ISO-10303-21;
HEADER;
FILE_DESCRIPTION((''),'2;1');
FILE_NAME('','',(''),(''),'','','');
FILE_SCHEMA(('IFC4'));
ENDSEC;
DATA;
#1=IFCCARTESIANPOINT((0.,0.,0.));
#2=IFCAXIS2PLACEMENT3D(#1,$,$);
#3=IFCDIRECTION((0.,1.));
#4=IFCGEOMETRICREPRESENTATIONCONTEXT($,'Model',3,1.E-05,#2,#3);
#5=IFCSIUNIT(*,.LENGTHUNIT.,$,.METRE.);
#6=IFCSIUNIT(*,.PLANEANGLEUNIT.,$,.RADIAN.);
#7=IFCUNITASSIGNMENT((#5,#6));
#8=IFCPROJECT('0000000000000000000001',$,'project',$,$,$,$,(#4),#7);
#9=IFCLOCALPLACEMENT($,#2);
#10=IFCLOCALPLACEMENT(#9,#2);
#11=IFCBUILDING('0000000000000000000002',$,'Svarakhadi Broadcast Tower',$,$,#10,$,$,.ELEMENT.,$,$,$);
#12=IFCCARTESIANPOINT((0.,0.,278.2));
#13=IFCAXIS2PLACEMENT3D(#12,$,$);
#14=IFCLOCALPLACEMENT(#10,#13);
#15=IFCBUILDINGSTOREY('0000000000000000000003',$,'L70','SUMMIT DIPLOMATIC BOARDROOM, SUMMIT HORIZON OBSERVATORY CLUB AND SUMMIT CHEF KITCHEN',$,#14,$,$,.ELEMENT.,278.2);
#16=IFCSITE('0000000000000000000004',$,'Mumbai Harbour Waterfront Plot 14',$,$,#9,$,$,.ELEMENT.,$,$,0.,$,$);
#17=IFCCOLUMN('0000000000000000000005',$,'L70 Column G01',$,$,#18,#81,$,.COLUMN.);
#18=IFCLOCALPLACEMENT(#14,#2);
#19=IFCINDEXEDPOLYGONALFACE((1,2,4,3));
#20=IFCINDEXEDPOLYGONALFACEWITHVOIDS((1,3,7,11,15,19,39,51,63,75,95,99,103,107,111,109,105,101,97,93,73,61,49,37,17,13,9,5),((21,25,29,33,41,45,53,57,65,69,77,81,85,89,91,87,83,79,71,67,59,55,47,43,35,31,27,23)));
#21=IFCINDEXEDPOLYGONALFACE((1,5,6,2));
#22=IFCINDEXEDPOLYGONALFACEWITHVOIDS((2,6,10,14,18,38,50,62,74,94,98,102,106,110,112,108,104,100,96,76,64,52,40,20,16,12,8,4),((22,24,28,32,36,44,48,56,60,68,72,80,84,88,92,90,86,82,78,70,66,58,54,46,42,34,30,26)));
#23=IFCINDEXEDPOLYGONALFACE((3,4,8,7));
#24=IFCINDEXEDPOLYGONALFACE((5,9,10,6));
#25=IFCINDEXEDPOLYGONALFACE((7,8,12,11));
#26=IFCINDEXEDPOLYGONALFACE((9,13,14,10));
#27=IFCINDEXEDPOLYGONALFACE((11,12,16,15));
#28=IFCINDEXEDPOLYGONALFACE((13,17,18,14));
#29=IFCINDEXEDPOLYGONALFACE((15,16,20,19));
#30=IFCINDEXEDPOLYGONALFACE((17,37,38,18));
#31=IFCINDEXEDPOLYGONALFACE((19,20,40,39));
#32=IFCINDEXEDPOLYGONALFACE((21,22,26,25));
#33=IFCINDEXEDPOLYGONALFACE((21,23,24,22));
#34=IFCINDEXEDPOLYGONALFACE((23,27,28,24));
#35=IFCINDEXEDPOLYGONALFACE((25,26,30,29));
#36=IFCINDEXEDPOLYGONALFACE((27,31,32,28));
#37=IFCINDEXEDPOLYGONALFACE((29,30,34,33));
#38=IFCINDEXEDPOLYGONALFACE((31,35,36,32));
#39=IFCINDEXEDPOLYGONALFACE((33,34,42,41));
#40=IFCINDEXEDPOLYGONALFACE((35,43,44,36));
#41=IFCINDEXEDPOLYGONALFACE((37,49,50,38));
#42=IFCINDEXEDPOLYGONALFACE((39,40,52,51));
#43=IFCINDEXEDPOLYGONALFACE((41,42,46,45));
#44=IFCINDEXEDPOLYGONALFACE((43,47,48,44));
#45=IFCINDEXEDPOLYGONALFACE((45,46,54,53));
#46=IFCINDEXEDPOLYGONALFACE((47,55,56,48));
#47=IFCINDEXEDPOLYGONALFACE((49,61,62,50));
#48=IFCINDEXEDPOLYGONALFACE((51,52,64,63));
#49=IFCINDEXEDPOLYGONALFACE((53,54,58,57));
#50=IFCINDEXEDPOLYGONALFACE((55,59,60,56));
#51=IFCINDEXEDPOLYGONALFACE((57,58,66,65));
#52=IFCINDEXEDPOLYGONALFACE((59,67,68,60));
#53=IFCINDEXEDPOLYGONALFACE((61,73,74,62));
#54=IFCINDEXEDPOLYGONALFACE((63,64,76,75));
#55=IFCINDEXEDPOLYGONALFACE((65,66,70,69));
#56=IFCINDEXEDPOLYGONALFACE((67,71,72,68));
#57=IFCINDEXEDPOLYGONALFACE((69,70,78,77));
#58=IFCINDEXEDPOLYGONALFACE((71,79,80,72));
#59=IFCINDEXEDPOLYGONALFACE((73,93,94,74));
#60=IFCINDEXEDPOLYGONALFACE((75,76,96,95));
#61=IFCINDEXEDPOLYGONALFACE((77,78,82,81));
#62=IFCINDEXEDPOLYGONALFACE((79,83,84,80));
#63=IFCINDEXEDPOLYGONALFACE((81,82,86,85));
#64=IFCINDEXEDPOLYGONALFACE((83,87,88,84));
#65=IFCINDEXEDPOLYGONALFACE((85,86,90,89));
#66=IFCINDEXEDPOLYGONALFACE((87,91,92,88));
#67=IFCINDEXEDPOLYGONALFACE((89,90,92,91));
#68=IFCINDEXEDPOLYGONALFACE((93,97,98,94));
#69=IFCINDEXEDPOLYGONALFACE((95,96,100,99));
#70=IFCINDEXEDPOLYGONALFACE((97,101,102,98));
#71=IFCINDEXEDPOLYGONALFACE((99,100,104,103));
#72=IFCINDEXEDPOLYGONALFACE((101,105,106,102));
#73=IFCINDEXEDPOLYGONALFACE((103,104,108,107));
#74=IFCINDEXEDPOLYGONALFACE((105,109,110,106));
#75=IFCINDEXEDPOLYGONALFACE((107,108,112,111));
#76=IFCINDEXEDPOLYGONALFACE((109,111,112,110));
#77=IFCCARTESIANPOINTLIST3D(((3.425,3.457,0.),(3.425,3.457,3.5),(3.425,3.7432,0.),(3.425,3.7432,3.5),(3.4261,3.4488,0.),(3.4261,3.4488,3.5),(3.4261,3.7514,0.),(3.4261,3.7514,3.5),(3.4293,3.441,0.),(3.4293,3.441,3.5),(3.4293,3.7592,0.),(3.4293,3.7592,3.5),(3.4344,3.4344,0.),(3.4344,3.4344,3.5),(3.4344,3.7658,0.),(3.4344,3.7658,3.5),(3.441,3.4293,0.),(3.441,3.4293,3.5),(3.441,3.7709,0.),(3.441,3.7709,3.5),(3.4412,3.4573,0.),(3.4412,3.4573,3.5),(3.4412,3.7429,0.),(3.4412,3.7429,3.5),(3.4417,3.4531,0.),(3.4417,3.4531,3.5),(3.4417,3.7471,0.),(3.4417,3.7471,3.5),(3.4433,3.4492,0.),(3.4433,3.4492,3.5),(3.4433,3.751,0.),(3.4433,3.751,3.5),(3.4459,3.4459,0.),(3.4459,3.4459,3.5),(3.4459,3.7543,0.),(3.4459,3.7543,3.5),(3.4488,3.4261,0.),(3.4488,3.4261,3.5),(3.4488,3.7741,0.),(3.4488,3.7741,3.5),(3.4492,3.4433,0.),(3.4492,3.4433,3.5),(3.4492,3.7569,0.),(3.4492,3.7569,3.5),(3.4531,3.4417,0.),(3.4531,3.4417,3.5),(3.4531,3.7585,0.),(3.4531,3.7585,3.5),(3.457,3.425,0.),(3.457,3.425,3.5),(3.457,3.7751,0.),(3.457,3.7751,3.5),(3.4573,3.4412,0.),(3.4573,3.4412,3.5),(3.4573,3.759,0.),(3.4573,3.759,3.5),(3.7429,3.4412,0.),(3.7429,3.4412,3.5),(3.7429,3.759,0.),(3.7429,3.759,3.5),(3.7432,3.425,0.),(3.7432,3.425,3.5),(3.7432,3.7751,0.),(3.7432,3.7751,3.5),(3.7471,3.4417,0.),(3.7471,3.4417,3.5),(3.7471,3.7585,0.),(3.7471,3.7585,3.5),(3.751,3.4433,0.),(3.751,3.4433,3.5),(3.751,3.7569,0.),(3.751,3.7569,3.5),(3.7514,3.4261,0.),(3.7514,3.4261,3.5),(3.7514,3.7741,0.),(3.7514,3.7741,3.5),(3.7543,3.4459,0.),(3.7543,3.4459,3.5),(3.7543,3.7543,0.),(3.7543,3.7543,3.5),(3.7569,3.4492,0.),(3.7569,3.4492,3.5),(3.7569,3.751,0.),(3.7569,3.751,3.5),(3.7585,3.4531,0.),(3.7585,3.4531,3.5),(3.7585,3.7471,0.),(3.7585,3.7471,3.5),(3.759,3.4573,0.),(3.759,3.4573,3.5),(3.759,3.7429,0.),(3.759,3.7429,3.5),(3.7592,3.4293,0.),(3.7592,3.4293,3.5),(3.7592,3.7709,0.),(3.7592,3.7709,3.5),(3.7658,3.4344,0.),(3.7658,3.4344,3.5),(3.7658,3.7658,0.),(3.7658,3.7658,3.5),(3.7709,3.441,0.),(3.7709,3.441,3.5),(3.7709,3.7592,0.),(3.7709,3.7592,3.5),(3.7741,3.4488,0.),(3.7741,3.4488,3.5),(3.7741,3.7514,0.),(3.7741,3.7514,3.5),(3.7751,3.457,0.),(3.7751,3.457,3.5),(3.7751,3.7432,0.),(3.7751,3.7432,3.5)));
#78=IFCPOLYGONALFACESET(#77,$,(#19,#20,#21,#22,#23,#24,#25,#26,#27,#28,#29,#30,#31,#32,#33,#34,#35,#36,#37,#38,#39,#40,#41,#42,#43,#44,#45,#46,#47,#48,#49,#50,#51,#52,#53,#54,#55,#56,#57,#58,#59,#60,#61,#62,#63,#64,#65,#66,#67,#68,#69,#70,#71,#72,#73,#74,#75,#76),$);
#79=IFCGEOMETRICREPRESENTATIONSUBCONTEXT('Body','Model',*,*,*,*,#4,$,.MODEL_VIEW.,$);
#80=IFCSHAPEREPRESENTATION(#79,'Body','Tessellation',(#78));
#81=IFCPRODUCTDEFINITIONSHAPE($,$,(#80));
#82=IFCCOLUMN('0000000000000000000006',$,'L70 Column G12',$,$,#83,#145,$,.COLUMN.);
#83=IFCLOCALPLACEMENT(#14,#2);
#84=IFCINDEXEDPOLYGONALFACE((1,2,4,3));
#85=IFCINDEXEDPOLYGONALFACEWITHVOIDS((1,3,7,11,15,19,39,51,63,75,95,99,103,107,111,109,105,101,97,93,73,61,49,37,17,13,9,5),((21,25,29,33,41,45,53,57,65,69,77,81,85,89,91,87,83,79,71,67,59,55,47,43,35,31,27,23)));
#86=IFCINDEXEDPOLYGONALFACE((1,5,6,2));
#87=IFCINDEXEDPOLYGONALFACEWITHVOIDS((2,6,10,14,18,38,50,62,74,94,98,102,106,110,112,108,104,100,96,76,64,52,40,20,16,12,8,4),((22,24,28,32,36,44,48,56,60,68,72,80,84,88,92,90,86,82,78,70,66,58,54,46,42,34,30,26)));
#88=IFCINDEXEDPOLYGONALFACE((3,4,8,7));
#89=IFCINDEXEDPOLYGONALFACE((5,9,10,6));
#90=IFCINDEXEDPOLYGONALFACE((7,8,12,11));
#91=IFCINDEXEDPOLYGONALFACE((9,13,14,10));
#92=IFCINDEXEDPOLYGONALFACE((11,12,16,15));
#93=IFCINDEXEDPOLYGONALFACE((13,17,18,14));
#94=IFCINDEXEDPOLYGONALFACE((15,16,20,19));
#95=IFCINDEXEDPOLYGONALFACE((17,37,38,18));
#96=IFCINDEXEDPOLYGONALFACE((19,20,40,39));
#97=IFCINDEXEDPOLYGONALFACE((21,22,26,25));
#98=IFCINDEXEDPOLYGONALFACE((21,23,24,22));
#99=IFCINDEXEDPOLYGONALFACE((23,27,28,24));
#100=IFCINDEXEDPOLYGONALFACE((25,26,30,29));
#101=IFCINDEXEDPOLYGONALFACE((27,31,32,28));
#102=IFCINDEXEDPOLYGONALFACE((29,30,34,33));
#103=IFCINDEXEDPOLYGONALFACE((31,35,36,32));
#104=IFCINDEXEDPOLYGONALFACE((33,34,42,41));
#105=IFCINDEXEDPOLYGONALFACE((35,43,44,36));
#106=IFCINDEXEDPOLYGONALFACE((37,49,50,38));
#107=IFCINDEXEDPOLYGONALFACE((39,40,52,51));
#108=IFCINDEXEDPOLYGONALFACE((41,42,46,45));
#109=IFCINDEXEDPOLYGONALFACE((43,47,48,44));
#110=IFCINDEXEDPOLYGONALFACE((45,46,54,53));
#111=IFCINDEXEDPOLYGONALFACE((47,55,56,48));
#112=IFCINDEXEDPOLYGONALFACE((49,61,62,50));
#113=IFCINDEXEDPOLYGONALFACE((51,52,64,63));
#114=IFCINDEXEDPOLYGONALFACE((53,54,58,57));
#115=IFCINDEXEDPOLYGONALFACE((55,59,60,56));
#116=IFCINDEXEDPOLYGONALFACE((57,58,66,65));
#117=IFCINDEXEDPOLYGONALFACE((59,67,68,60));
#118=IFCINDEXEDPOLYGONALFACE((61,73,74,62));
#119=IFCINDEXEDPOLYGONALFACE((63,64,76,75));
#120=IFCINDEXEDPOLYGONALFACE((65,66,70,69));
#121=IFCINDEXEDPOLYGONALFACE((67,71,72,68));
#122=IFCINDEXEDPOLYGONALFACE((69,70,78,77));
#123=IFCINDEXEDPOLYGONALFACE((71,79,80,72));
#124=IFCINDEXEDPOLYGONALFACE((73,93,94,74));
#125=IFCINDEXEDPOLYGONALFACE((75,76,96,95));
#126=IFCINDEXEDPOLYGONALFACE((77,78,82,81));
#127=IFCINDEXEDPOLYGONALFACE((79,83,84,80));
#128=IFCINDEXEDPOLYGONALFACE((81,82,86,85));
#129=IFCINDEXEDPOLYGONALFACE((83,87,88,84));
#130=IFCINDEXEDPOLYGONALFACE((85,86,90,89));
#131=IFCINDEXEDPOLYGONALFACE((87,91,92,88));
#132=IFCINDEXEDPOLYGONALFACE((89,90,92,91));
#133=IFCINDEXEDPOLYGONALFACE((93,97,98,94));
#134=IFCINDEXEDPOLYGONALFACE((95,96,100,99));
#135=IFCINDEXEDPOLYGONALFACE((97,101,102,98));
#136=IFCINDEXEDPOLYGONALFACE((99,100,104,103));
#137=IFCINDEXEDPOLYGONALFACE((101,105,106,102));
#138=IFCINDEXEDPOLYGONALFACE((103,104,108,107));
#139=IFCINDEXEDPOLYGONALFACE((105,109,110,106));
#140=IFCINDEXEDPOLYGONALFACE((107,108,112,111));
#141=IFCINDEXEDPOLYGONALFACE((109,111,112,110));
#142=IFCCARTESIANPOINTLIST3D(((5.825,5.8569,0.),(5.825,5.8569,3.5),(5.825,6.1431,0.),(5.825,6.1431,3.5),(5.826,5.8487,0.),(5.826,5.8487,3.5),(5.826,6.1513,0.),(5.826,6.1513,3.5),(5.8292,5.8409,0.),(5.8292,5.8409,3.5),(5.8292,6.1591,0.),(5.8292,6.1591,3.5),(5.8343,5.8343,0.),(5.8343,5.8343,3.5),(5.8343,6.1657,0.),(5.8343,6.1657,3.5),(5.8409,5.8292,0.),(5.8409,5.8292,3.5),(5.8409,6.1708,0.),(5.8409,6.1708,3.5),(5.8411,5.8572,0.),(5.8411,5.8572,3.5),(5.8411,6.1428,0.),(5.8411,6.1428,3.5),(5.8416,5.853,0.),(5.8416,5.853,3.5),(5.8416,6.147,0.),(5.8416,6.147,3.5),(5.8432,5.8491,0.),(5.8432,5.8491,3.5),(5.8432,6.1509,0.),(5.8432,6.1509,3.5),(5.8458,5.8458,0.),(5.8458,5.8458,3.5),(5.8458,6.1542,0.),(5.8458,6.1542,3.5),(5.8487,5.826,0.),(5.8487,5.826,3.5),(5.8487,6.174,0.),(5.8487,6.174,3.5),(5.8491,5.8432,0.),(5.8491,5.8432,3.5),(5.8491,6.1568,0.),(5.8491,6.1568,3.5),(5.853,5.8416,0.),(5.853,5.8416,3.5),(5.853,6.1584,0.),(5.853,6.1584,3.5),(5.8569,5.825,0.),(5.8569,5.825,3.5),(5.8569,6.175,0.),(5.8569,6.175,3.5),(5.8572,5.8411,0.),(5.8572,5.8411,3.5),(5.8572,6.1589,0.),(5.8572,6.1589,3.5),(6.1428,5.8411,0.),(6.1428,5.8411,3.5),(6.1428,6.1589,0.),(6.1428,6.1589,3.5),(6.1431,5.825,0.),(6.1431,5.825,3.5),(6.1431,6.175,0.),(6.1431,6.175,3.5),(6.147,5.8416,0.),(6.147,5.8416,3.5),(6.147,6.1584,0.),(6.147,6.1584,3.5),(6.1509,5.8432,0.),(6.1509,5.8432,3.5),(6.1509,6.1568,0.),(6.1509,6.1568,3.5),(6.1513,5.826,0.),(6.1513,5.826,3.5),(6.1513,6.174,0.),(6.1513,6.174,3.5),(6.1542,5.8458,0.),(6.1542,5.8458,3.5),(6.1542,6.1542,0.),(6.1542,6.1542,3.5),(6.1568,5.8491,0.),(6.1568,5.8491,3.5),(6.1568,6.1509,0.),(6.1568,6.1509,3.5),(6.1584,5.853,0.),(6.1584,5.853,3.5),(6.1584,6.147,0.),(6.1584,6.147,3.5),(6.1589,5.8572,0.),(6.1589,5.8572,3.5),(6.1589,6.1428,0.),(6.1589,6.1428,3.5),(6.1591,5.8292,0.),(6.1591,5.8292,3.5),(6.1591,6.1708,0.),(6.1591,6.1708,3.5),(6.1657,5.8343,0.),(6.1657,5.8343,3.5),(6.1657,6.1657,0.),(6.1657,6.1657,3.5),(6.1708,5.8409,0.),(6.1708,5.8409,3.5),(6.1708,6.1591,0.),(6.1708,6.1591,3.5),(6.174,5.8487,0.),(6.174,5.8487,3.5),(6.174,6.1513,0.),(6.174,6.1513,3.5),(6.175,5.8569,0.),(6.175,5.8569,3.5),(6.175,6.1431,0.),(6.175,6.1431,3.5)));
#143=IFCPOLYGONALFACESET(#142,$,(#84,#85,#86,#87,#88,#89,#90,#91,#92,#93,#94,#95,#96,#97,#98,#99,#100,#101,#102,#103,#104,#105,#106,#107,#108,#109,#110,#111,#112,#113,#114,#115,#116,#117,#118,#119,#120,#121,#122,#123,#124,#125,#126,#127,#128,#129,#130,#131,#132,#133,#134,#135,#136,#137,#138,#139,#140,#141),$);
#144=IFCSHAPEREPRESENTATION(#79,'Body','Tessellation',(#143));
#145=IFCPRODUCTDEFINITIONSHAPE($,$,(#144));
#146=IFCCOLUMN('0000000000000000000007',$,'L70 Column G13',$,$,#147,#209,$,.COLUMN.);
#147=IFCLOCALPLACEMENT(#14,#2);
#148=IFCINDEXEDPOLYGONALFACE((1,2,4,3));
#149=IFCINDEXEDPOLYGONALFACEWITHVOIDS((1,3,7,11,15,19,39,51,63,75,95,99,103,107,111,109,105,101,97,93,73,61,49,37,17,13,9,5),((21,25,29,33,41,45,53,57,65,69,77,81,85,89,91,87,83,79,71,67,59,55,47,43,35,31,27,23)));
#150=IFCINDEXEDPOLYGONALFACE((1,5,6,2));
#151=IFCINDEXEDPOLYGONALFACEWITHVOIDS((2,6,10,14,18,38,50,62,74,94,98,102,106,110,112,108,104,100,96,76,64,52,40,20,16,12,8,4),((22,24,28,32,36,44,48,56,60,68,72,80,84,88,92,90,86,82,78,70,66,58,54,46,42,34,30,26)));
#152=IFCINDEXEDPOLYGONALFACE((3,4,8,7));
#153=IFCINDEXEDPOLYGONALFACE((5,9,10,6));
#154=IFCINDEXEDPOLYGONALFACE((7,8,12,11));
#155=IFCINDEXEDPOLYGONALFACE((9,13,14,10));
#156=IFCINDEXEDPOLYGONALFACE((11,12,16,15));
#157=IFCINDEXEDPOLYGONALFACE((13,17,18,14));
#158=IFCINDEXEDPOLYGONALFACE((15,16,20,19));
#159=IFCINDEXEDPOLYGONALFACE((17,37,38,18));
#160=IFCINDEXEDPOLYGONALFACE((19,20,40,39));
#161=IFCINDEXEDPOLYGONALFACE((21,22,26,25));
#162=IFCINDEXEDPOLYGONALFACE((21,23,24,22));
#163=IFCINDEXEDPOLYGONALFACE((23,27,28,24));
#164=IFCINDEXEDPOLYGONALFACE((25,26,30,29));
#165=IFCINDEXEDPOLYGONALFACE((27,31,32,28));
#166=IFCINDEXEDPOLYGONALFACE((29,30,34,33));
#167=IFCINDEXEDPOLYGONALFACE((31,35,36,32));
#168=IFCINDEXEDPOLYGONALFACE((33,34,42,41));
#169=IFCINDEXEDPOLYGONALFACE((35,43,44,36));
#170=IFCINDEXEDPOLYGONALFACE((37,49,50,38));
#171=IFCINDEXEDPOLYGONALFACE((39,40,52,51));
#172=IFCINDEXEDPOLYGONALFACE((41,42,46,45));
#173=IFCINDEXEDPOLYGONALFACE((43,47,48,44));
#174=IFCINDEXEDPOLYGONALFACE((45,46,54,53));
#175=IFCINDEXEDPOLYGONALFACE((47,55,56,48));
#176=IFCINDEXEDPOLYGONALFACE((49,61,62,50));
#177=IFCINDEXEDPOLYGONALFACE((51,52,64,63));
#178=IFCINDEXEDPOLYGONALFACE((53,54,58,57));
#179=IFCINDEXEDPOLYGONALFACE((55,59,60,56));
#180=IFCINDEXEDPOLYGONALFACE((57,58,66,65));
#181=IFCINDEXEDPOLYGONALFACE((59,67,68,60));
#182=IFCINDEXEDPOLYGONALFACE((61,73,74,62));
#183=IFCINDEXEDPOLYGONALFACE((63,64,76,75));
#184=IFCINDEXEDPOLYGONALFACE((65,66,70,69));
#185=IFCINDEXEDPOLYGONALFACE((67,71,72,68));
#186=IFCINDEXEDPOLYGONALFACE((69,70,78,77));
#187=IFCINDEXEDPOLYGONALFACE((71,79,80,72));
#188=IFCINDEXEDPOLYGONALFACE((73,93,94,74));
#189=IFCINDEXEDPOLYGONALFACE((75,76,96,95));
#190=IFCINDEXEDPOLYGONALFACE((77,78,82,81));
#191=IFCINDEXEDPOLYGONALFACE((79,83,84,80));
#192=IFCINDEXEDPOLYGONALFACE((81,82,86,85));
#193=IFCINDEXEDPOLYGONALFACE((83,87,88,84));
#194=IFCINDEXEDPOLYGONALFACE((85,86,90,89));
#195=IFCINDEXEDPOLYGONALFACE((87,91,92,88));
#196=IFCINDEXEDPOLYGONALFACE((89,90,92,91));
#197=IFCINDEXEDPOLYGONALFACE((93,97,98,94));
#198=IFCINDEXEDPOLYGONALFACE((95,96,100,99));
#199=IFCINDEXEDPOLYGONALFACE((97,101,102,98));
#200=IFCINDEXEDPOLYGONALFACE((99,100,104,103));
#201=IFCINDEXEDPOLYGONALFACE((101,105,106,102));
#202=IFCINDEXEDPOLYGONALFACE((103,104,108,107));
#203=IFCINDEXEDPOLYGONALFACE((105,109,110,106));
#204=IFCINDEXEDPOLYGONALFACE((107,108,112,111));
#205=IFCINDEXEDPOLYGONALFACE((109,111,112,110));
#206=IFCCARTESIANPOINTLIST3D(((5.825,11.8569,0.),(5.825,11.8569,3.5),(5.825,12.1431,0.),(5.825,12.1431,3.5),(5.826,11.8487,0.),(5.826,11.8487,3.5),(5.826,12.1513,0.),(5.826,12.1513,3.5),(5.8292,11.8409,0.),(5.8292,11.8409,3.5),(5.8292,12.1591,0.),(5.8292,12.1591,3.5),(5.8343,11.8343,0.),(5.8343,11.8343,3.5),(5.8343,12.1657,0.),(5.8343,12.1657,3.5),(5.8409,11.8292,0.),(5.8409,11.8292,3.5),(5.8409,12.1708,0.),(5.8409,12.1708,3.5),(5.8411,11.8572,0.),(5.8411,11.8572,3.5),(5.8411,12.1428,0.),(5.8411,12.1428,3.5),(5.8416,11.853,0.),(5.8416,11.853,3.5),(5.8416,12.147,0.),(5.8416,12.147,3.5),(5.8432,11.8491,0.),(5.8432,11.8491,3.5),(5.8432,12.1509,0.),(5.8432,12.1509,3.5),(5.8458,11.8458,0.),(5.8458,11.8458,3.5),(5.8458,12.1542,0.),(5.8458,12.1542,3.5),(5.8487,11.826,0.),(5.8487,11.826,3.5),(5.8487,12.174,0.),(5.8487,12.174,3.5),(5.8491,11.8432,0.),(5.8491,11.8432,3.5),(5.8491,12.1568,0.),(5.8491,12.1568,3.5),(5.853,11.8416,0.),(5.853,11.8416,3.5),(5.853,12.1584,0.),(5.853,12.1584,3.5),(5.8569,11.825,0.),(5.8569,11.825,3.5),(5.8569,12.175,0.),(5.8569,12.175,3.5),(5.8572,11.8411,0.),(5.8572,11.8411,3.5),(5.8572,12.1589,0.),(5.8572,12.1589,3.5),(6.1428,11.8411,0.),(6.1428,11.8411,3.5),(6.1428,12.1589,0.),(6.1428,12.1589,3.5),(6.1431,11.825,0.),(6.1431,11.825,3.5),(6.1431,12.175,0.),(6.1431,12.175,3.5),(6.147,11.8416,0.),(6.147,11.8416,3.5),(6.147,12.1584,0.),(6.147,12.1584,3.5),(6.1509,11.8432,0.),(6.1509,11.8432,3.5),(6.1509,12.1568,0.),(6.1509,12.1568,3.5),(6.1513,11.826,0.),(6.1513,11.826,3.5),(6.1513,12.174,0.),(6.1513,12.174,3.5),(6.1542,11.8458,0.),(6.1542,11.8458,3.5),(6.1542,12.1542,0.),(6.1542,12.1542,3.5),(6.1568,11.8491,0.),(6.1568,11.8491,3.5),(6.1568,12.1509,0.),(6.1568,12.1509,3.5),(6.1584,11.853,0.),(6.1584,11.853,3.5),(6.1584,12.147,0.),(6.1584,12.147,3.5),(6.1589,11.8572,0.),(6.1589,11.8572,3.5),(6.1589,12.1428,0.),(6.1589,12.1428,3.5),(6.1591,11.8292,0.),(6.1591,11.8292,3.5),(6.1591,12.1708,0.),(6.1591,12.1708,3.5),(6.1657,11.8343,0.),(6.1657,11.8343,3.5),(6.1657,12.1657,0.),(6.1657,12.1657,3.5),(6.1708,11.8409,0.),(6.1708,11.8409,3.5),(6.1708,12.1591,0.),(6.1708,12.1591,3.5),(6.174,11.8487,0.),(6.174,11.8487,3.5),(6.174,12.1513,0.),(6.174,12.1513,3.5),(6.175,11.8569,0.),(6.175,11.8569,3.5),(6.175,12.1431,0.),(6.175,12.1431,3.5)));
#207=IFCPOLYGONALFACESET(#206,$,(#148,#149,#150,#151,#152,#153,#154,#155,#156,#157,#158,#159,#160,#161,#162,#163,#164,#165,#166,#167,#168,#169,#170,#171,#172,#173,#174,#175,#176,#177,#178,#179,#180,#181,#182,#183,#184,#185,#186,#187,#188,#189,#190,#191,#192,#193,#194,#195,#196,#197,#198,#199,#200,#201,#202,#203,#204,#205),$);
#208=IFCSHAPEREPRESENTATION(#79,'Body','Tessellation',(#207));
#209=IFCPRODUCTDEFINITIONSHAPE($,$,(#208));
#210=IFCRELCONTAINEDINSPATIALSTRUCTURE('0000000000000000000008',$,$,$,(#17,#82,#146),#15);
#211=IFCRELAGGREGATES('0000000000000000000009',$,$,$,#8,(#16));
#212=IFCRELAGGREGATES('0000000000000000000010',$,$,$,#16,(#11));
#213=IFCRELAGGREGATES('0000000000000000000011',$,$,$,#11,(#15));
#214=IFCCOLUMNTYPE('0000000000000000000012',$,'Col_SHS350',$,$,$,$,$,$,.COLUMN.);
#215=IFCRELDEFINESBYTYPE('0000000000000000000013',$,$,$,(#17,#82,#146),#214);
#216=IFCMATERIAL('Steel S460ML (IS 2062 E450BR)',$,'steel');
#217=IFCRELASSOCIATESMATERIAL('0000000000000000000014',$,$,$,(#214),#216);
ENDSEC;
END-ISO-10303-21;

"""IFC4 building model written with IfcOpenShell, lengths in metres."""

from ifc_helpers import new_model, si_unit, direction, frame, origin, origin_2d, place, context, subcontext, project, spatial, hollow_rectangle, extrude, material, material_profile, profile_set, type_object, element, save


model = new_model("IFC4")

# Units and contexts
model_context = context("Model", 3, precision=1e-05, world=origin(), true_north=direction((0.0, 1.0)))
body_context = subcontext(model_context, "Body", "Model", "MODEL_VIEW")
ifc_project = project(units=[si_unit("LENGTHUNIT", "METRE"), si_unit("PLANEANGLEUNIT", "RADIAN")], contexts=[model_context])

# Site, building, storey
site_placement = place(None, origin())
site = spatial("IfcSite", under=ifc_project, at=site_placement, Name="Mumbai Harbour Waterfront Plot 14", CompositionType="ELEMENT", RefElevation=0.0)
building_placement = place(site_placement, origin())
building = spatial("IfcBuilding", under=site, at=building_placement, Name="Svarakhadi Broadcast Tower", CompositionType="ELEMENT")
storey_placement = place(building_placement, frame((0.0, 0.0, 278.2)))
storey = spatial("IfcBuildingStorey", under=building, at=storey_placement, Name="L70", Description="SUMMIT DIPLOMATIC BOARDROOM, SUMMIT HORIZON OBSERVATORY CLUB AND SUMMIT CHEF KITCHEN", CompositionType="ELEMENT", Elevation=278.2)

# Columns
ifc_material_1 = material(Name="Steel S460ML (IS 2062 E450BR)", Category="steel")
ifc_material_profile_1 = material_profile(ifc_material_1, hollow_rectangle(XDim=0.3501, YDim=0.3501, WallThickness=0.0161, InnerFilletRadius=0.0161, OuterFilletRadius=0.032, at=origin_2d()), Name="SHS 350x350x16")
ifc_profile_set_1 = profile_set([ifc_material_profile_1], Name="Steel S460ML (IS 2062 E450BR)")
column_type = type_object("IfcColumnType", Name="Col_SHS350", PredefinedType="COLUMN", material=ifc_profile_set_1)
for number, where, z_axis, x_axis, name in (
    (1, (3.6001, 3.6001, 0.0), (0.0, 0.0, 1.0), (1.0, 0.0, 0.0), "L70 Column G01"),
    (2, (6.0, 6.0, 0.0), (0.0, 0.0, 1.0), (1.0, 0.0, 0.0), "L70 Column G12"),
    (3, (6.0, 12.0, 0.0), (0.0, 0.0, 1.0), (1.0, 0.0, 0.0), "L70 Column G13"),
):
    element("IfcColumn", number, at=place(storey_placement, frame(where, z_axis=z_axis, x_axis=x_axis)), inside=storey, type_object=column_type, Name=name, PredefinedType="COLUMN", context=body_context, shape_type="SweptSolid", body=[
        extrude(hollow_rectangle(XDim=0.3501, YDim=0.3501, WallThickness=0.0161, InnerFilletRadius=0.0161, OuterFilletRadius=0.032, at=origin_2d()), origin(), (0.0, 0.0, 1.0), 3.5),
    ])

save(model, "model.ifc")
